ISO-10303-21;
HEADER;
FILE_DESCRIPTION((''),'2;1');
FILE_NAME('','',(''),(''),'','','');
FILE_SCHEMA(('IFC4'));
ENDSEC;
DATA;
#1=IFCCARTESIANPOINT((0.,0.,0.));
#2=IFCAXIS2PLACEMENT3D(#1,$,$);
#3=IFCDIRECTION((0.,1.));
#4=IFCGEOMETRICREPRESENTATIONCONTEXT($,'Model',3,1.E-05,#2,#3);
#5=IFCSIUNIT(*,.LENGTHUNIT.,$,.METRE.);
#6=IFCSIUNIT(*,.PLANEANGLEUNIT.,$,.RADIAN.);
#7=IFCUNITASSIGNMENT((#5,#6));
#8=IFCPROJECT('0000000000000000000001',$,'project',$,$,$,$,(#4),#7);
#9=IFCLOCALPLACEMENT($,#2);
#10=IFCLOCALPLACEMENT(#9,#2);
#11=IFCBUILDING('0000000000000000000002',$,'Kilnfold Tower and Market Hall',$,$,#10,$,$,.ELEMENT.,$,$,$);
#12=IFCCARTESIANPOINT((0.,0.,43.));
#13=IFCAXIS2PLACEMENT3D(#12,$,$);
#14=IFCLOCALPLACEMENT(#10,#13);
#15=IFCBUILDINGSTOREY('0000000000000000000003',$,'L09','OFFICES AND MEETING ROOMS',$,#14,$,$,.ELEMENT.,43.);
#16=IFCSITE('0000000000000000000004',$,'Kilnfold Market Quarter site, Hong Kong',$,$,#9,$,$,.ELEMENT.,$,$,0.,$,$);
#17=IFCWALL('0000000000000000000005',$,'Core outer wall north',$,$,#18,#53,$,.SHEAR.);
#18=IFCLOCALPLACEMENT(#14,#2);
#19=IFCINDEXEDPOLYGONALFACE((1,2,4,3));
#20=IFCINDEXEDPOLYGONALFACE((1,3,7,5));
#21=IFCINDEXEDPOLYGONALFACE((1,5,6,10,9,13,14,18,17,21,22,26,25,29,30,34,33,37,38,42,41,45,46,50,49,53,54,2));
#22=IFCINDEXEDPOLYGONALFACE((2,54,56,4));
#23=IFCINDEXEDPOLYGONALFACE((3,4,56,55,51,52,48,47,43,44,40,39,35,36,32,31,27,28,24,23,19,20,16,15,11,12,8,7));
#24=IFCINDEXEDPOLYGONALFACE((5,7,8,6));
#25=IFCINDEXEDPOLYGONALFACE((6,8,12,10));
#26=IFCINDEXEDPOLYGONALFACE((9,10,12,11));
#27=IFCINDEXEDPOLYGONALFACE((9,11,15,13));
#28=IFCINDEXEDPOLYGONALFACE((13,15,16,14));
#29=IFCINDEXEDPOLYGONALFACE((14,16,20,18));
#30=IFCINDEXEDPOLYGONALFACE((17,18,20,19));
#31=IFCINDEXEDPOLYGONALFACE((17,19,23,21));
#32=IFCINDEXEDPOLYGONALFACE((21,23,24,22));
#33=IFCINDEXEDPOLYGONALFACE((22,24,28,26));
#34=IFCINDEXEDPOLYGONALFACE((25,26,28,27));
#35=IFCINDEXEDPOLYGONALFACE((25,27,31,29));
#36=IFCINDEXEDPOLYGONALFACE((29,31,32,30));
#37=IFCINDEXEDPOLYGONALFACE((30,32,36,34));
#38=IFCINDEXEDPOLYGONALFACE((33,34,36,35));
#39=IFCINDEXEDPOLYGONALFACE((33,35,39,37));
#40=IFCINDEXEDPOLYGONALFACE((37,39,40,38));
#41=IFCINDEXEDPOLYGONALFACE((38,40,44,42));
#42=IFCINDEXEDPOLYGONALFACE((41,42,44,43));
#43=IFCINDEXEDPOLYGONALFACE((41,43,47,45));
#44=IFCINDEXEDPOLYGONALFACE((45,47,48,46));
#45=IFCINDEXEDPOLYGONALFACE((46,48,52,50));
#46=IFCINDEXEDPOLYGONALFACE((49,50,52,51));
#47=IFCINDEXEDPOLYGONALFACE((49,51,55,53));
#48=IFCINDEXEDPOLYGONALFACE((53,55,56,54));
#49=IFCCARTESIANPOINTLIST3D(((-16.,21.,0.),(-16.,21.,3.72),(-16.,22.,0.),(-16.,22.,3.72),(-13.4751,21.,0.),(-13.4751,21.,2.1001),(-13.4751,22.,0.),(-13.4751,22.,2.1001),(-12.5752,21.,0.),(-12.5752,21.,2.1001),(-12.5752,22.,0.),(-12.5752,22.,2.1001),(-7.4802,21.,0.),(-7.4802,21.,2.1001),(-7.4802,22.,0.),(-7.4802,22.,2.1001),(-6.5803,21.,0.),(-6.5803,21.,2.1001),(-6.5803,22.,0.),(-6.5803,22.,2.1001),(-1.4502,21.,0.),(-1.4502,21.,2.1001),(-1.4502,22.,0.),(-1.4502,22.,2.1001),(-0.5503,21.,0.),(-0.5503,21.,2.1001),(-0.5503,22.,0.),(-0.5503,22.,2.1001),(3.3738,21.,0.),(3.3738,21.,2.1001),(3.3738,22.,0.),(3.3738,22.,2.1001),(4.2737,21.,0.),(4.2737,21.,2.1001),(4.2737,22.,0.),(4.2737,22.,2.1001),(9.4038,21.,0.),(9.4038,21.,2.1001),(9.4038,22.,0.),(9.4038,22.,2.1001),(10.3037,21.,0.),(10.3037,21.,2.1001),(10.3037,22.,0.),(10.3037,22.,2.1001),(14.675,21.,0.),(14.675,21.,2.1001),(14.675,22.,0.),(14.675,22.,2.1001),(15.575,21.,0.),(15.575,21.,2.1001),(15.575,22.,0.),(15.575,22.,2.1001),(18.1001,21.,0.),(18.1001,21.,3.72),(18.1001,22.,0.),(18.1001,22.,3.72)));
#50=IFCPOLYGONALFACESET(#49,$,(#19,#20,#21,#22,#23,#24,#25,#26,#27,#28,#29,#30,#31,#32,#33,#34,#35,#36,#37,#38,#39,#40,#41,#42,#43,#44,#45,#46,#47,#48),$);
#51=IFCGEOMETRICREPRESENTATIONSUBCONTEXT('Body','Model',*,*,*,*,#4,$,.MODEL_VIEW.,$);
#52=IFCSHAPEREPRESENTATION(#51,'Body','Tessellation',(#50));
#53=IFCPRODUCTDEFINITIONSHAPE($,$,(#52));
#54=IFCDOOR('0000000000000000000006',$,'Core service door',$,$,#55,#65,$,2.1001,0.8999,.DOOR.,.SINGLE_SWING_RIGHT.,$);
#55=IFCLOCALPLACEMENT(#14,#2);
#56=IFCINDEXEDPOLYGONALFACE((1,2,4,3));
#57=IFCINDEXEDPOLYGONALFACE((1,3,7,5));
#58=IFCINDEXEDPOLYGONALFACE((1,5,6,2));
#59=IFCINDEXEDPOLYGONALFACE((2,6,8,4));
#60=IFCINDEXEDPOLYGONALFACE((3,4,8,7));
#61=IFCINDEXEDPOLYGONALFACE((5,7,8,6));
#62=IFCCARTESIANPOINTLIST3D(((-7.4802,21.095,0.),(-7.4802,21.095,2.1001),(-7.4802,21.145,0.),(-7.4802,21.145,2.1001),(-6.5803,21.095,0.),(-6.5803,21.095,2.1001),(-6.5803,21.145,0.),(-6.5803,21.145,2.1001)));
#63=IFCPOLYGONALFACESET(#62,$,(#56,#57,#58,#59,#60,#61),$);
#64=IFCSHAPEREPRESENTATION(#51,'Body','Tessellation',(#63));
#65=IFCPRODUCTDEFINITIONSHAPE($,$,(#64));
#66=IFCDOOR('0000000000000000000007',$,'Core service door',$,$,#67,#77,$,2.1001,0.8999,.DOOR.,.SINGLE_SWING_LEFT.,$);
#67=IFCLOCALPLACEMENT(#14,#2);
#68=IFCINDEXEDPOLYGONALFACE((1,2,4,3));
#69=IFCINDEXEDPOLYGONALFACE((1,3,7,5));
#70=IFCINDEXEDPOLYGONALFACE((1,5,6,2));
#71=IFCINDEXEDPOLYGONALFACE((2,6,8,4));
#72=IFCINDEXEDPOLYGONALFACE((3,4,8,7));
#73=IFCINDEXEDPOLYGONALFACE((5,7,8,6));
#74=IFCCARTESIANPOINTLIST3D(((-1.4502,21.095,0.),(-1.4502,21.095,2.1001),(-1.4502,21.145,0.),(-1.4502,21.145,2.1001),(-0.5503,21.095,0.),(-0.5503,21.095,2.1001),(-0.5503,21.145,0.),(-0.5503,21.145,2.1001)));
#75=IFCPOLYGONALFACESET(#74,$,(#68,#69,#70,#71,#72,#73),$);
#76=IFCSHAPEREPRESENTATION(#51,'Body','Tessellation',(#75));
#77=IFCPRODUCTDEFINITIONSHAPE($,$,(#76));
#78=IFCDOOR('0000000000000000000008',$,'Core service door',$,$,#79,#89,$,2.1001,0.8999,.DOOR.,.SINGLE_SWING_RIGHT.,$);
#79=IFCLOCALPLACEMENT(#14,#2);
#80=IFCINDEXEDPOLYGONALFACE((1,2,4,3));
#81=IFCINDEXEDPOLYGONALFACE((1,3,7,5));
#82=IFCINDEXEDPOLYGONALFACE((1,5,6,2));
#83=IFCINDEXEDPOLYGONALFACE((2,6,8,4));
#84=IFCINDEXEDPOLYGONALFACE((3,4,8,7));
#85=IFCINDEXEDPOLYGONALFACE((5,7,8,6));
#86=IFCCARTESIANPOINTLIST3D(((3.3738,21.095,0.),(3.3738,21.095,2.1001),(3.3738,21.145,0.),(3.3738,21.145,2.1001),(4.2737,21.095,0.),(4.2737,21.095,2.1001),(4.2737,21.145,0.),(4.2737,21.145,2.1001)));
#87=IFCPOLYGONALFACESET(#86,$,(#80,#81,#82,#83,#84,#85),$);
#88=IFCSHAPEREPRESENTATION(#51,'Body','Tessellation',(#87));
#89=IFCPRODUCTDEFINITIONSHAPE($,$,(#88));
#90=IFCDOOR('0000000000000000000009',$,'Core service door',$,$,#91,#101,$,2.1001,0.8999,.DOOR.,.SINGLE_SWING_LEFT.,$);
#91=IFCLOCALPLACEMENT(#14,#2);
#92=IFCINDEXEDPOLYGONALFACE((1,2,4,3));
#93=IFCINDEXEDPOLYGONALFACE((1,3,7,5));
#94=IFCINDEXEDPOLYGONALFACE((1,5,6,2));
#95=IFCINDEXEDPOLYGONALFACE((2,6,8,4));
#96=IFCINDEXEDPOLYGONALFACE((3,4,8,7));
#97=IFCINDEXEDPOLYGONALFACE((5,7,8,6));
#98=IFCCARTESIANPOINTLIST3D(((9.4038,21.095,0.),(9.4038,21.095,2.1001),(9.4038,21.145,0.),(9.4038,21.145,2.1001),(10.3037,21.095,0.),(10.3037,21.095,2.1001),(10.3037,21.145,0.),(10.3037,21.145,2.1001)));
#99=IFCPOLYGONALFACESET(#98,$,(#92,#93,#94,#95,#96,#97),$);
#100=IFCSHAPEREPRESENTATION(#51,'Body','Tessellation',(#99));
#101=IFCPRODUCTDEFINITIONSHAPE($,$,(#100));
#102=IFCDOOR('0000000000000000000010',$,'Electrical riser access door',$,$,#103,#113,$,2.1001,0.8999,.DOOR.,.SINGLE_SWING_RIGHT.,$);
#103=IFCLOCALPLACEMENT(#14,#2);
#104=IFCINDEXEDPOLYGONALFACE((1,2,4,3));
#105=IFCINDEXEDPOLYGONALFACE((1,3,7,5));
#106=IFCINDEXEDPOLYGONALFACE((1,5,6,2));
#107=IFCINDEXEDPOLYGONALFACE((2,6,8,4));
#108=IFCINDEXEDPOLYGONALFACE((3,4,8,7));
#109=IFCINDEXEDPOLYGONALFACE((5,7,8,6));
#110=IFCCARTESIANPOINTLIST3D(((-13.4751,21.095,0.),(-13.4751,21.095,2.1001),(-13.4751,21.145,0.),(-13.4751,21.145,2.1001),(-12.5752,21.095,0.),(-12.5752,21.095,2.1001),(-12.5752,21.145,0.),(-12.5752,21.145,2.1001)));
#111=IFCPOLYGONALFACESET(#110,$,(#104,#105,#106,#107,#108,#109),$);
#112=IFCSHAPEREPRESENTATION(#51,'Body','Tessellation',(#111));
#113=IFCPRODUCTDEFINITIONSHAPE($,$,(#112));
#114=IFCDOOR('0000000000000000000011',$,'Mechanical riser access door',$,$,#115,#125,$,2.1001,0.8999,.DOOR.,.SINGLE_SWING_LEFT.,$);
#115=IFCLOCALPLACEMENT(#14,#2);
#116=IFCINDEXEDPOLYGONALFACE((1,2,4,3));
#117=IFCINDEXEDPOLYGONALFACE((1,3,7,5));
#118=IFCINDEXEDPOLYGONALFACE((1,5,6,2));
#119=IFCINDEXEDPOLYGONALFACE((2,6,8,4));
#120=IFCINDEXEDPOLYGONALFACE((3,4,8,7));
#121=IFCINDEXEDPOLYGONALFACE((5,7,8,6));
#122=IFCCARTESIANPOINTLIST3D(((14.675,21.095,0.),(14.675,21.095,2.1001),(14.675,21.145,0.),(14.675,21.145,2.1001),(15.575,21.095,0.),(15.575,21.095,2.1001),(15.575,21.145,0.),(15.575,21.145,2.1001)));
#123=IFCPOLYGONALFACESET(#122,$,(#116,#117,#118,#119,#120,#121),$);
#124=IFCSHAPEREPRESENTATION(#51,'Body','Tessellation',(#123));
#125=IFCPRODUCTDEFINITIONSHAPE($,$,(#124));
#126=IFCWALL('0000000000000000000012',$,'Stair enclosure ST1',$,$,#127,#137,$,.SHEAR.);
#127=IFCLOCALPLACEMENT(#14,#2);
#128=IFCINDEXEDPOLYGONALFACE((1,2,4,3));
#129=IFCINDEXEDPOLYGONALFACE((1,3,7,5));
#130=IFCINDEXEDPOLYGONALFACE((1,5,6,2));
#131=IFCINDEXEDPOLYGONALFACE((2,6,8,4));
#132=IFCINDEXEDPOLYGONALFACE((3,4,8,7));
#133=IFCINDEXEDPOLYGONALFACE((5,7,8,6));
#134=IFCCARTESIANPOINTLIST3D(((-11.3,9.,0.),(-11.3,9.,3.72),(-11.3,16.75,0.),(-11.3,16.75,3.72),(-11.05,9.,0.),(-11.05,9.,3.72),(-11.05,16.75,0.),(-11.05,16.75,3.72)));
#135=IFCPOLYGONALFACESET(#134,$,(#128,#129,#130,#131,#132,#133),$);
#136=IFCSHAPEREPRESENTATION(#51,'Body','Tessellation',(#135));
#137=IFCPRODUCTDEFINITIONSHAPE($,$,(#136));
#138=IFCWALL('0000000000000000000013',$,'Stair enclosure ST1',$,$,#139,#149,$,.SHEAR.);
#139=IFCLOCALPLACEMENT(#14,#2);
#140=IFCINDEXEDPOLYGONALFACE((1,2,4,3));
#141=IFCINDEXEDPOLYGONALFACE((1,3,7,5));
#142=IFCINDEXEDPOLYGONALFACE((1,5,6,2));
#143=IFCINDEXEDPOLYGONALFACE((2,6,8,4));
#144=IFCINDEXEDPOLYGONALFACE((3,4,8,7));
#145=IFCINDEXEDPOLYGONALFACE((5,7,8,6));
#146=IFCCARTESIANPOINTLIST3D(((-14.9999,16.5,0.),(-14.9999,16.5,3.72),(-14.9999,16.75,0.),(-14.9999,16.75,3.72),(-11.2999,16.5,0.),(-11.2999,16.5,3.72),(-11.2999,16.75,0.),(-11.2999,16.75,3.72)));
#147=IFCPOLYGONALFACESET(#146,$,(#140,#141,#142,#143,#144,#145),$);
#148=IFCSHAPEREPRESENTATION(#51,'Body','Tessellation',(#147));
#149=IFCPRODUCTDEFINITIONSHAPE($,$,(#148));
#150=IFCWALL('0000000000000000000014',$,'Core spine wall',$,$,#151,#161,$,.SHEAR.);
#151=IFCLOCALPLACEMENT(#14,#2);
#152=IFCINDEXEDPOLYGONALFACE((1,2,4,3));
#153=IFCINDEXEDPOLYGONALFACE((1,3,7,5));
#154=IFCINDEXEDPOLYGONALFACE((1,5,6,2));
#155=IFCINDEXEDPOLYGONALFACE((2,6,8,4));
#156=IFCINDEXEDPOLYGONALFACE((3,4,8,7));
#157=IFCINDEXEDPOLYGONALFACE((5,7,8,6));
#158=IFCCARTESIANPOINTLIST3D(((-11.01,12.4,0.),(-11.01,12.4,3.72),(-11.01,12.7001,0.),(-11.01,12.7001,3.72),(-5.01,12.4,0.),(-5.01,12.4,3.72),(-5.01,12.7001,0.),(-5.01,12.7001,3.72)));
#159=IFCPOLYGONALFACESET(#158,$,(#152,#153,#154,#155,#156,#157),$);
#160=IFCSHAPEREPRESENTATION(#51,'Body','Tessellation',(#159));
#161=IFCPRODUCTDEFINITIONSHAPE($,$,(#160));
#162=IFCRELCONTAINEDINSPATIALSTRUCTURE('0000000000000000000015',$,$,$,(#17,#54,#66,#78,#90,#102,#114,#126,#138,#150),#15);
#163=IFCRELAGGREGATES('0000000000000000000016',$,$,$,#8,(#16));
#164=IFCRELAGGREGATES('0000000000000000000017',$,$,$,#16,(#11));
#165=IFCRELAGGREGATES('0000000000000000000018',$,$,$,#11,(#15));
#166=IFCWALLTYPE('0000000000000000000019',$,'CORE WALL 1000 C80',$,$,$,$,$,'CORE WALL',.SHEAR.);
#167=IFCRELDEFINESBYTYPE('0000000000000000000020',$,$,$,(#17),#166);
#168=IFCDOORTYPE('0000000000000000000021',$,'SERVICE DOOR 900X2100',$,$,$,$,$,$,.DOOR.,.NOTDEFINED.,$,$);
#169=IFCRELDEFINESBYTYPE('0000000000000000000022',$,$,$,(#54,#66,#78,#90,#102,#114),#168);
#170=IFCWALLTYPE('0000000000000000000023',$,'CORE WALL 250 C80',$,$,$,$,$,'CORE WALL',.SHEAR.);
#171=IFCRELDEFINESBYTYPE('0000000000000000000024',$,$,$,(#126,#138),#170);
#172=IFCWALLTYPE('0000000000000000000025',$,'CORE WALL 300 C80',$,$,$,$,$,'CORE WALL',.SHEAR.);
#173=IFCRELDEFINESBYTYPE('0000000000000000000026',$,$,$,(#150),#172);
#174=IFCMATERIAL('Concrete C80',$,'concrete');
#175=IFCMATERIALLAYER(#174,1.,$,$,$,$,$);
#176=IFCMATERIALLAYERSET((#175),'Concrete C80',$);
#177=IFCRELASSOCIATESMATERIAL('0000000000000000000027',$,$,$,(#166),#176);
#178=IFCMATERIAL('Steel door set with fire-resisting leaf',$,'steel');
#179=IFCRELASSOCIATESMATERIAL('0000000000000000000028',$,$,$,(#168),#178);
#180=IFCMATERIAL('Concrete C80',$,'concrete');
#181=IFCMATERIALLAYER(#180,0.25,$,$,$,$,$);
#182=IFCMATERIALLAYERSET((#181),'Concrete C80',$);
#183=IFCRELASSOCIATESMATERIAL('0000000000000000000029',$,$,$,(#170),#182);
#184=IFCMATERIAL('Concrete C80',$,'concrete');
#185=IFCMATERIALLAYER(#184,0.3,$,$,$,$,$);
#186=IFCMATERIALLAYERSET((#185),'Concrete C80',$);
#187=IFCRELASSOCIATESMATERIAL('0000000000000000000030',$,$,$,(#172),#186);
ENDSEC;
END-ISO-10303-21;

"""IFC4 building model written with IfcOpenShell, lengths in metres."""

from ifc_helpers import new_model, si_unit, direction, frame, frame_2d, origin, place, context, subcontext, project, spatial, rectangle, extrude, source, transform, mapped, material, layer, layer_set, type_object, element, fill, save


model = new_model("IFC4")

# Units and contexts
model_context = context("Model", 3, precision=1e-05, world=origin(), true_north=direction((0.0, 1.0)))
body_context = subcontext(model_context, "Body", "Model", "MODEL_VIEW")
ifc_project = project(units=[si_unit("LENGTHUNIT", "METRE"), si_unit("PLANEANGLEUNIT", "RADIAN")], contexts=[model_context])

# Site, building, storey
site_placement = place(None, origin())
site = spatial("IfcSite", under=ifc_project, at=site_placement, Name="Kilnfold Market Quarter site, Hong Kong", CompositionType="ELEMENT", RefElevation=0.0)
building_placement = place(site_placement, origin())
building = spatial("IfcBuilding", under=site, at=building_placement, Name="Kilnfold Tower and Market Hall", CompositionType="ELEMENT")
storey_placement = place(building_placement, frame((0.0, 0.0, 43.0)))
storey = spatial("IfcBuildingStorey", under=building, at=storey_placement, Name="L09", Description="OFFICES AND MEETING ROOMS", CompositionType="ELEMENT", Elevation=43.0)

# Wall, openings, doors
ifc_material_1 = material(Name="Concrete C80", Category="concrete")
ifc_layer_1 = layer(ifc_material_1, 1.0)
ifc_layer_set_1 = layer_set([ifc_layer_1], Name="Concrete C80")
wall_type_1 = type_object("IfcWallType", Name="CORE WALL 1000 C80", ElementType="CORE WALL", PredefinedType="SHEAR", material=ifc_layer_set_1)
shared_shape_1 = source(origin(), body_context, "Body", "SweptSolid", [
    extrude(rectangle(XDim=34.1001, YDim=1.0, at=frame_2d((17.05, 0.0))), origin(), (0.0, 0.0, 1.0), 3.72),
])
wall_1_placement = place(storey_placement, frame((-16.0, 21.5, 0.0), z_axis=(0.0, 0.0, 1.0), x_axis=(1.0, 0.0, 0.0)))
wall_1 = element("IfcWall", 1, at=wall_1_placement, inside=storey, type_object=wall_type_1, Name="Core outer wall north", PredefinedType="SHEAR", context=body_context, shape_type="MappedRepresentation", body=[
    mapped(shared_shape_1, transform((0.0, 0.0, 0.0))),
])
opening_1_placement = place(wall_1_placement, frame((8.5198, 0.0, 0.0)))
opening_1 = element("IfcOpeningElement", 2, at=opening_1_placement, cuts=wall_1, PredefinedType="OPENING", context=body_context, shape_type="SweptSolid", body=[
    extrude(rectangle(XDim=0.8999, YDim=2.1001, at=frame_2d((0.45, 1.05))), frame((0.0, 0.51, 0.0), z_axis=(0.0, -1.0, 0.0), x_axis=(1.0, 0.0, 0.0)), (0.0, 0.0, 1.0), 1.02),
])
opening_2_placement = place(wall_1_placement, frame((14.5498, 0.0, 0.0)))
opening_2 = element("IfcOpeningElement", 3, at=opening_2_placement, cuts=wall_1, PredefinedType="OPENING", context=body_context, shape_type="SweptSolid", body=[
    extrude(rectangle(XDim=0.8999, YDim=2.1001, at=frame_2d((0.45, 1.05))), frame((0.0, 0.51, 0.0), z_axis=(0.0, -1.0, 0.0), x_axis=(1.0, 0.0, 0.0)), (0.0, 0.0, 1.0), 1.02),
])
opening_3_placement = place(wall_1_placement, frame((19.3738, 0.0, 0.0)))
opening_3 = element("IfcOpeningElement", 4, at=opening_3_placement, cuts=wall_1, PredefinedType="OPENING", context=body_context, shape_type="SweptSolid", body=[
    extrude(rectangle(XDim=0.8999, YDim=2.1001, at=frame_2d((0.45, 1.05))), frame((0.0, 0.51, 0.0), z_axis=(0.0, -1.0, 0.0), x_axis=(1.0, 0.0, 0.0)), (0.0, 0.0, 1.0), 1.02),
])
opening_4_placement = place(wall_1_placement, frame((25.4038, 0.0, 0.0)))
opening_4 = element("IfcOpeningElement", 5, at=opening_4_placement, cuts=wall_1, PredefinedType="OPENING", context=body_context, shape_type="SweptSolid", body=[
    extrude(rectangle(XDim=0.8999, YDim=2.1001, at=frame_2d((0.45, 1.05))), frame((0.0, 0.51, 0.0), z_axis=(0.0, -1.0, 0.0), x_axis=(1.0, 0.0, 0.0)), (0.0, 0.0, 1.0), 1.02),
])
opening_5_placement = place(wall_1_placement, frame((2.5249, 0.0, 0.0)))
opening_5 = element("IfcOpeningElement", 6, at=opening_5_placement, cuts=wall_1, PredefinedType="OPENING", context=body_context, shape_type="SweptSolid", body=[
    extrude(rectangle(XDim=0.8999, YDim=2.1001, at=frame_2d((0.45, 1.05))), frame((0.0, 0.51, 0.0), z_axis=(0.0, -1.0, 0.0), x_axis=(1.0, 0.0, 0.0)), (0.0, 0.0, 1.0), 1.02),
])
opening_6_placement = place(wall_1_placement, frame((30.675, 0.0, 0.0)))
opening_6 = element("IfcOpeningElement", 7, at=opening_6_placement, cuts=wall_1, PredefinedType="OPENING", context=body_context, shape_type="SweptSolid", body=[
    extrude(rectangle(XDim=0.8999, YDim=2.1001, at=frame_2d((0.45, 1.05))), frame((0.0, 0.51, 0.0), z_axis=(0.0, -1.0, 0.0), x_axis=(1.0, 0.0, 0.0)), (0.0, 0.0, 1.0), 1.02),
])
ifc_material_2 = material(Name="Steel door set with fire-resisting leaf", Category="steel")
door_type_1 = type_object("IfcDoorType", Name="SERVICE DOOR 900X2100", OperationType="NOTDEFINED", PredefinedType="DOOR", material=ifc_material_2)
door_1_placement = place(opening_1_placement, origin())
door_1 = element("IfcDoor", 8, at=door_1_placement, inside=storey, type_object=door_type_1, Name="Core service door", OperationType="SINGLE_SWING_RIGHT", OverallHeight=2.1001, OverallWidth=0.8999, PredefinedType="DOOR", context=body_context, shape_type="SweptSolid", body=[
    extrude(rectangle(XDim=0.8999, YDim=2.1001, at=frame_2d((0.45, 1.05))), frame((0.0, -0.355, 0.0), z_axis=(0.0, -1.0, 0.0), x_axis=(1.0, 0.0, 0.0)), (0.0, 0.0, 1.0), 0.05),
])
fill(opening_1, door_1)
door_2_placement = place(opening_2_placement, origin())
door_2 = element("IfcDoor", 9, at=door_2_placement, inside=storey, type_object=door_type_1, Name="Core service door", OperationType="SINGLE_SWING_LEFT", OverallHeight=2.1001, OverallWidth=0.8999, PredefinedType="DOOR", context=body_context, shape_type="SweptSolid", body=[
    extrude(rectangle(XDim=0.8999, YDim=2.1001, at=frame_2d((0.45, 1.05))), frame((0.0, -0.355, 0.0), z_axis=(0.0, -1.0, 0.0), x_axis=(1.0, 0.0, 0.0)), (0.0, 0.0, 1.0), 0.05),
])
fill(opening_2, door_2)
door_3_placement = place(opening_3_placement, origin())
door_3 = element("IfcDoor", 10, at=door_3_placement, inside=storey, type_object=door_type_1, Name="Core service door", OperationType="SINGLE_SWING_RIGHT", OverallHeight=2.1001, OverallWidth=0.8999, PredefinedType="DOOR", context=body_context, shape_type="SweptSolid", body=[
    extrude(rectangle(XDim=0.8999, YDim=2.1001, at=frame_2d((0.45, 1.05))), frame((0.0, -0.355, 0.0), z_axis=(0.0, -1.0, 0.0), x_axis=(1.0, 0.0, 0.0)), (0.0, 0.0, 1.0), 0.05),
])
fill(opening_3, door_3)
door_4_placement = place(opening_4_placement, origin())
door_4 = element("IfcDoor", 11, at=door_4_placement, inside=storey, type_object=door_type_1, Name="Core service door", OperationType="SINGLE_SWING_LEFT", OverallHeight=2.1001, OverallWidth=0.8999, PredefinedType="DOOR", context=body_context, shape_type="SweptSolid", body=[
    extrude(rectangle(XDim=0.8999, YDim=2.1001, at=frame_2d((0.45, 1.05))), frame((0.0, -0.355, 0.0), z_axis=(0.0, -1.0, 0.0), x_axis=(1.0, 0.0, 0.0)), (0.0, 0.0, 1.0), 0.05),
])
fill(opening_4, door_4)
door_5_placement = place(opening_5_placement, origin())
door_5 = element("IfcDoor", 12, at=door_5_placement, inside=storey, type_object=door_type_1, Name="Electrical riser access door", OperationType="SINGLE_SWING_RIGHT", OverallHeight=2.1001, OverallWidth=0.8999, PredefinedType="DOOR", context=body_context, shape_type="SweptSolid", body=[
    extrude(rectangle(XDim=0.8999, YDim=2.1001, at=frame_2d((0.45, 1.05))), frame((0.0, -0.355, 0.0), z_axis=(0.0, -1.0, 0.0), x_axis=(1.0, 0.0, 0.0)), (0.0, 0.0, 1.0), 0.05),
])
fill(opening_5, door_5)
door_6_placement = place(opening_6_placement, origin())
door_6 = element("IfcDoor", 13, at=door_6_placement, inside=storey, type_object=door_type_1, Name="Mechanical riser access door", OperationType="SINGLE_SWING_LEFT", OverallHeight=2.1001, OverallWidth=0.8999, PredefinedType="DOOR", context=body_context, shape_type="SweptSolid", body=[
    extrude(rectangle(XDim=0.8999, YDim=2.1001, at=frame_2d((0.45, 1.05))), frame((0.0, -0.355, 0.0), z_axis=(0.0, -1.0, 0.0), x_axis=(1.0, 0.0, 0.0)), (0.0, 0.0, 1.0), 0.05),
])
fill(opening_6, door_6)

# Walls
ifc_material_3 = material(Name="Concrete C80", Category="concrete")
ifc_layer_2 = layer(ifc_material_3, 0.25)
ifc_layer_set_2 = layer_set([ifc_layer_2], Name="Concrete C80")
wall_type_2 = type_object("IfcWallType", Name="CORE WALL 250 C80", ElementType="CORE WALL", PredefinedType="SHEAR", material=ifc_layer_set_2)
shared_shape_2 = source(origin(), body_context, "Body", "SweptSolid", [
    extrude(rectangle(XDim=7.75, YDim=0.25, at=frame_2d((3.875, 0.0))), origin(), (0.0, 0.0, 1.0), 3.72),
])
wall_2_placement = place(storey_placement, frame((-11.175, 9.0, 0.0), z_axis=(0.0, 0.0, 1.0), x_axis=(0.0, 1.0, 0.0)))
element("IfcWall", 14, at=wall_2_placement, inside=storey, type_object=wall_type_2, Name="Stair enclosure ST1", PredefinedType="SHEAR", context=body_context, shape_type="MappedRepresentation", body=[
    mapped(shared_shape_2, transform((0.0, 0.0, 0.0))),
])
shared_shape_3 = source(origin(), body_context, "Body", "SweptSolid", [
    extrude(rectangle(XDim=3.7, YDim=0.25, at=frame_2d((1.8501, 0.0))), origin(), (0.0, 0.0, 1.0), 3.72),
])
wall_3_placement = place(storey_placement, frame((-15.0, 16.625, 0.0), z_axis=(0.0, 0.0, 1.0), x_axis=(1.0, 0.0, 0.0)))
element("IfcWall", 15, at=wall_3_placement, inside=storey, type_object=wall_type_2, Name="Stair enclosure ST1", PredefinedType="SHEAR", context=body_context, shape_type="MappedRepresentation", body=[
    mapped(shared_shape_3, transform((0.0, 0.0, 0.0))),
])
ifc_material_4 = material(Name="Concrete C80", Category="concrete")
ifc_layer_3 = layer(ifc_material_4, 0.3)
ifc_layer_set_3 = layer_set([ifc_layer_3], Name="Concrete C80")
wall_type_3 = type_object("IfcWallType", Name="CORE WALL 300 C80", ElementType="CORE WALL", PredefinedType="SHEAR", material=ifc_layer_set_3)
shared_shape_4 = source(origin(), body_context, "Body", "SweptSolid", [
    extrude(rectangle(XDim=6.0, YDim=0.3, at=frame_2d((3.0, 0.0))), origin(), (0.0, 0.0, 1.0), 3.72),
])
wall_4_placement = place(storey_placement, frame((-11.01, 12.55, 0.0), z_axis=(0.0, 0.0, 1.0), x_axis=(1.0, 0.0, 0.0)))
element("IfcWall", 16, at=wall_4_placement, inside=storey, type_object=wall_type_3, Name="Core spine wall", PredefinedType="SHEAR", context=body_context, shape_type="MappedRepresentation", body=[
    mapped(shared_shape_4, transform((0.0, 0.0, 0.0))),
])

save(model, "model.ifc")
